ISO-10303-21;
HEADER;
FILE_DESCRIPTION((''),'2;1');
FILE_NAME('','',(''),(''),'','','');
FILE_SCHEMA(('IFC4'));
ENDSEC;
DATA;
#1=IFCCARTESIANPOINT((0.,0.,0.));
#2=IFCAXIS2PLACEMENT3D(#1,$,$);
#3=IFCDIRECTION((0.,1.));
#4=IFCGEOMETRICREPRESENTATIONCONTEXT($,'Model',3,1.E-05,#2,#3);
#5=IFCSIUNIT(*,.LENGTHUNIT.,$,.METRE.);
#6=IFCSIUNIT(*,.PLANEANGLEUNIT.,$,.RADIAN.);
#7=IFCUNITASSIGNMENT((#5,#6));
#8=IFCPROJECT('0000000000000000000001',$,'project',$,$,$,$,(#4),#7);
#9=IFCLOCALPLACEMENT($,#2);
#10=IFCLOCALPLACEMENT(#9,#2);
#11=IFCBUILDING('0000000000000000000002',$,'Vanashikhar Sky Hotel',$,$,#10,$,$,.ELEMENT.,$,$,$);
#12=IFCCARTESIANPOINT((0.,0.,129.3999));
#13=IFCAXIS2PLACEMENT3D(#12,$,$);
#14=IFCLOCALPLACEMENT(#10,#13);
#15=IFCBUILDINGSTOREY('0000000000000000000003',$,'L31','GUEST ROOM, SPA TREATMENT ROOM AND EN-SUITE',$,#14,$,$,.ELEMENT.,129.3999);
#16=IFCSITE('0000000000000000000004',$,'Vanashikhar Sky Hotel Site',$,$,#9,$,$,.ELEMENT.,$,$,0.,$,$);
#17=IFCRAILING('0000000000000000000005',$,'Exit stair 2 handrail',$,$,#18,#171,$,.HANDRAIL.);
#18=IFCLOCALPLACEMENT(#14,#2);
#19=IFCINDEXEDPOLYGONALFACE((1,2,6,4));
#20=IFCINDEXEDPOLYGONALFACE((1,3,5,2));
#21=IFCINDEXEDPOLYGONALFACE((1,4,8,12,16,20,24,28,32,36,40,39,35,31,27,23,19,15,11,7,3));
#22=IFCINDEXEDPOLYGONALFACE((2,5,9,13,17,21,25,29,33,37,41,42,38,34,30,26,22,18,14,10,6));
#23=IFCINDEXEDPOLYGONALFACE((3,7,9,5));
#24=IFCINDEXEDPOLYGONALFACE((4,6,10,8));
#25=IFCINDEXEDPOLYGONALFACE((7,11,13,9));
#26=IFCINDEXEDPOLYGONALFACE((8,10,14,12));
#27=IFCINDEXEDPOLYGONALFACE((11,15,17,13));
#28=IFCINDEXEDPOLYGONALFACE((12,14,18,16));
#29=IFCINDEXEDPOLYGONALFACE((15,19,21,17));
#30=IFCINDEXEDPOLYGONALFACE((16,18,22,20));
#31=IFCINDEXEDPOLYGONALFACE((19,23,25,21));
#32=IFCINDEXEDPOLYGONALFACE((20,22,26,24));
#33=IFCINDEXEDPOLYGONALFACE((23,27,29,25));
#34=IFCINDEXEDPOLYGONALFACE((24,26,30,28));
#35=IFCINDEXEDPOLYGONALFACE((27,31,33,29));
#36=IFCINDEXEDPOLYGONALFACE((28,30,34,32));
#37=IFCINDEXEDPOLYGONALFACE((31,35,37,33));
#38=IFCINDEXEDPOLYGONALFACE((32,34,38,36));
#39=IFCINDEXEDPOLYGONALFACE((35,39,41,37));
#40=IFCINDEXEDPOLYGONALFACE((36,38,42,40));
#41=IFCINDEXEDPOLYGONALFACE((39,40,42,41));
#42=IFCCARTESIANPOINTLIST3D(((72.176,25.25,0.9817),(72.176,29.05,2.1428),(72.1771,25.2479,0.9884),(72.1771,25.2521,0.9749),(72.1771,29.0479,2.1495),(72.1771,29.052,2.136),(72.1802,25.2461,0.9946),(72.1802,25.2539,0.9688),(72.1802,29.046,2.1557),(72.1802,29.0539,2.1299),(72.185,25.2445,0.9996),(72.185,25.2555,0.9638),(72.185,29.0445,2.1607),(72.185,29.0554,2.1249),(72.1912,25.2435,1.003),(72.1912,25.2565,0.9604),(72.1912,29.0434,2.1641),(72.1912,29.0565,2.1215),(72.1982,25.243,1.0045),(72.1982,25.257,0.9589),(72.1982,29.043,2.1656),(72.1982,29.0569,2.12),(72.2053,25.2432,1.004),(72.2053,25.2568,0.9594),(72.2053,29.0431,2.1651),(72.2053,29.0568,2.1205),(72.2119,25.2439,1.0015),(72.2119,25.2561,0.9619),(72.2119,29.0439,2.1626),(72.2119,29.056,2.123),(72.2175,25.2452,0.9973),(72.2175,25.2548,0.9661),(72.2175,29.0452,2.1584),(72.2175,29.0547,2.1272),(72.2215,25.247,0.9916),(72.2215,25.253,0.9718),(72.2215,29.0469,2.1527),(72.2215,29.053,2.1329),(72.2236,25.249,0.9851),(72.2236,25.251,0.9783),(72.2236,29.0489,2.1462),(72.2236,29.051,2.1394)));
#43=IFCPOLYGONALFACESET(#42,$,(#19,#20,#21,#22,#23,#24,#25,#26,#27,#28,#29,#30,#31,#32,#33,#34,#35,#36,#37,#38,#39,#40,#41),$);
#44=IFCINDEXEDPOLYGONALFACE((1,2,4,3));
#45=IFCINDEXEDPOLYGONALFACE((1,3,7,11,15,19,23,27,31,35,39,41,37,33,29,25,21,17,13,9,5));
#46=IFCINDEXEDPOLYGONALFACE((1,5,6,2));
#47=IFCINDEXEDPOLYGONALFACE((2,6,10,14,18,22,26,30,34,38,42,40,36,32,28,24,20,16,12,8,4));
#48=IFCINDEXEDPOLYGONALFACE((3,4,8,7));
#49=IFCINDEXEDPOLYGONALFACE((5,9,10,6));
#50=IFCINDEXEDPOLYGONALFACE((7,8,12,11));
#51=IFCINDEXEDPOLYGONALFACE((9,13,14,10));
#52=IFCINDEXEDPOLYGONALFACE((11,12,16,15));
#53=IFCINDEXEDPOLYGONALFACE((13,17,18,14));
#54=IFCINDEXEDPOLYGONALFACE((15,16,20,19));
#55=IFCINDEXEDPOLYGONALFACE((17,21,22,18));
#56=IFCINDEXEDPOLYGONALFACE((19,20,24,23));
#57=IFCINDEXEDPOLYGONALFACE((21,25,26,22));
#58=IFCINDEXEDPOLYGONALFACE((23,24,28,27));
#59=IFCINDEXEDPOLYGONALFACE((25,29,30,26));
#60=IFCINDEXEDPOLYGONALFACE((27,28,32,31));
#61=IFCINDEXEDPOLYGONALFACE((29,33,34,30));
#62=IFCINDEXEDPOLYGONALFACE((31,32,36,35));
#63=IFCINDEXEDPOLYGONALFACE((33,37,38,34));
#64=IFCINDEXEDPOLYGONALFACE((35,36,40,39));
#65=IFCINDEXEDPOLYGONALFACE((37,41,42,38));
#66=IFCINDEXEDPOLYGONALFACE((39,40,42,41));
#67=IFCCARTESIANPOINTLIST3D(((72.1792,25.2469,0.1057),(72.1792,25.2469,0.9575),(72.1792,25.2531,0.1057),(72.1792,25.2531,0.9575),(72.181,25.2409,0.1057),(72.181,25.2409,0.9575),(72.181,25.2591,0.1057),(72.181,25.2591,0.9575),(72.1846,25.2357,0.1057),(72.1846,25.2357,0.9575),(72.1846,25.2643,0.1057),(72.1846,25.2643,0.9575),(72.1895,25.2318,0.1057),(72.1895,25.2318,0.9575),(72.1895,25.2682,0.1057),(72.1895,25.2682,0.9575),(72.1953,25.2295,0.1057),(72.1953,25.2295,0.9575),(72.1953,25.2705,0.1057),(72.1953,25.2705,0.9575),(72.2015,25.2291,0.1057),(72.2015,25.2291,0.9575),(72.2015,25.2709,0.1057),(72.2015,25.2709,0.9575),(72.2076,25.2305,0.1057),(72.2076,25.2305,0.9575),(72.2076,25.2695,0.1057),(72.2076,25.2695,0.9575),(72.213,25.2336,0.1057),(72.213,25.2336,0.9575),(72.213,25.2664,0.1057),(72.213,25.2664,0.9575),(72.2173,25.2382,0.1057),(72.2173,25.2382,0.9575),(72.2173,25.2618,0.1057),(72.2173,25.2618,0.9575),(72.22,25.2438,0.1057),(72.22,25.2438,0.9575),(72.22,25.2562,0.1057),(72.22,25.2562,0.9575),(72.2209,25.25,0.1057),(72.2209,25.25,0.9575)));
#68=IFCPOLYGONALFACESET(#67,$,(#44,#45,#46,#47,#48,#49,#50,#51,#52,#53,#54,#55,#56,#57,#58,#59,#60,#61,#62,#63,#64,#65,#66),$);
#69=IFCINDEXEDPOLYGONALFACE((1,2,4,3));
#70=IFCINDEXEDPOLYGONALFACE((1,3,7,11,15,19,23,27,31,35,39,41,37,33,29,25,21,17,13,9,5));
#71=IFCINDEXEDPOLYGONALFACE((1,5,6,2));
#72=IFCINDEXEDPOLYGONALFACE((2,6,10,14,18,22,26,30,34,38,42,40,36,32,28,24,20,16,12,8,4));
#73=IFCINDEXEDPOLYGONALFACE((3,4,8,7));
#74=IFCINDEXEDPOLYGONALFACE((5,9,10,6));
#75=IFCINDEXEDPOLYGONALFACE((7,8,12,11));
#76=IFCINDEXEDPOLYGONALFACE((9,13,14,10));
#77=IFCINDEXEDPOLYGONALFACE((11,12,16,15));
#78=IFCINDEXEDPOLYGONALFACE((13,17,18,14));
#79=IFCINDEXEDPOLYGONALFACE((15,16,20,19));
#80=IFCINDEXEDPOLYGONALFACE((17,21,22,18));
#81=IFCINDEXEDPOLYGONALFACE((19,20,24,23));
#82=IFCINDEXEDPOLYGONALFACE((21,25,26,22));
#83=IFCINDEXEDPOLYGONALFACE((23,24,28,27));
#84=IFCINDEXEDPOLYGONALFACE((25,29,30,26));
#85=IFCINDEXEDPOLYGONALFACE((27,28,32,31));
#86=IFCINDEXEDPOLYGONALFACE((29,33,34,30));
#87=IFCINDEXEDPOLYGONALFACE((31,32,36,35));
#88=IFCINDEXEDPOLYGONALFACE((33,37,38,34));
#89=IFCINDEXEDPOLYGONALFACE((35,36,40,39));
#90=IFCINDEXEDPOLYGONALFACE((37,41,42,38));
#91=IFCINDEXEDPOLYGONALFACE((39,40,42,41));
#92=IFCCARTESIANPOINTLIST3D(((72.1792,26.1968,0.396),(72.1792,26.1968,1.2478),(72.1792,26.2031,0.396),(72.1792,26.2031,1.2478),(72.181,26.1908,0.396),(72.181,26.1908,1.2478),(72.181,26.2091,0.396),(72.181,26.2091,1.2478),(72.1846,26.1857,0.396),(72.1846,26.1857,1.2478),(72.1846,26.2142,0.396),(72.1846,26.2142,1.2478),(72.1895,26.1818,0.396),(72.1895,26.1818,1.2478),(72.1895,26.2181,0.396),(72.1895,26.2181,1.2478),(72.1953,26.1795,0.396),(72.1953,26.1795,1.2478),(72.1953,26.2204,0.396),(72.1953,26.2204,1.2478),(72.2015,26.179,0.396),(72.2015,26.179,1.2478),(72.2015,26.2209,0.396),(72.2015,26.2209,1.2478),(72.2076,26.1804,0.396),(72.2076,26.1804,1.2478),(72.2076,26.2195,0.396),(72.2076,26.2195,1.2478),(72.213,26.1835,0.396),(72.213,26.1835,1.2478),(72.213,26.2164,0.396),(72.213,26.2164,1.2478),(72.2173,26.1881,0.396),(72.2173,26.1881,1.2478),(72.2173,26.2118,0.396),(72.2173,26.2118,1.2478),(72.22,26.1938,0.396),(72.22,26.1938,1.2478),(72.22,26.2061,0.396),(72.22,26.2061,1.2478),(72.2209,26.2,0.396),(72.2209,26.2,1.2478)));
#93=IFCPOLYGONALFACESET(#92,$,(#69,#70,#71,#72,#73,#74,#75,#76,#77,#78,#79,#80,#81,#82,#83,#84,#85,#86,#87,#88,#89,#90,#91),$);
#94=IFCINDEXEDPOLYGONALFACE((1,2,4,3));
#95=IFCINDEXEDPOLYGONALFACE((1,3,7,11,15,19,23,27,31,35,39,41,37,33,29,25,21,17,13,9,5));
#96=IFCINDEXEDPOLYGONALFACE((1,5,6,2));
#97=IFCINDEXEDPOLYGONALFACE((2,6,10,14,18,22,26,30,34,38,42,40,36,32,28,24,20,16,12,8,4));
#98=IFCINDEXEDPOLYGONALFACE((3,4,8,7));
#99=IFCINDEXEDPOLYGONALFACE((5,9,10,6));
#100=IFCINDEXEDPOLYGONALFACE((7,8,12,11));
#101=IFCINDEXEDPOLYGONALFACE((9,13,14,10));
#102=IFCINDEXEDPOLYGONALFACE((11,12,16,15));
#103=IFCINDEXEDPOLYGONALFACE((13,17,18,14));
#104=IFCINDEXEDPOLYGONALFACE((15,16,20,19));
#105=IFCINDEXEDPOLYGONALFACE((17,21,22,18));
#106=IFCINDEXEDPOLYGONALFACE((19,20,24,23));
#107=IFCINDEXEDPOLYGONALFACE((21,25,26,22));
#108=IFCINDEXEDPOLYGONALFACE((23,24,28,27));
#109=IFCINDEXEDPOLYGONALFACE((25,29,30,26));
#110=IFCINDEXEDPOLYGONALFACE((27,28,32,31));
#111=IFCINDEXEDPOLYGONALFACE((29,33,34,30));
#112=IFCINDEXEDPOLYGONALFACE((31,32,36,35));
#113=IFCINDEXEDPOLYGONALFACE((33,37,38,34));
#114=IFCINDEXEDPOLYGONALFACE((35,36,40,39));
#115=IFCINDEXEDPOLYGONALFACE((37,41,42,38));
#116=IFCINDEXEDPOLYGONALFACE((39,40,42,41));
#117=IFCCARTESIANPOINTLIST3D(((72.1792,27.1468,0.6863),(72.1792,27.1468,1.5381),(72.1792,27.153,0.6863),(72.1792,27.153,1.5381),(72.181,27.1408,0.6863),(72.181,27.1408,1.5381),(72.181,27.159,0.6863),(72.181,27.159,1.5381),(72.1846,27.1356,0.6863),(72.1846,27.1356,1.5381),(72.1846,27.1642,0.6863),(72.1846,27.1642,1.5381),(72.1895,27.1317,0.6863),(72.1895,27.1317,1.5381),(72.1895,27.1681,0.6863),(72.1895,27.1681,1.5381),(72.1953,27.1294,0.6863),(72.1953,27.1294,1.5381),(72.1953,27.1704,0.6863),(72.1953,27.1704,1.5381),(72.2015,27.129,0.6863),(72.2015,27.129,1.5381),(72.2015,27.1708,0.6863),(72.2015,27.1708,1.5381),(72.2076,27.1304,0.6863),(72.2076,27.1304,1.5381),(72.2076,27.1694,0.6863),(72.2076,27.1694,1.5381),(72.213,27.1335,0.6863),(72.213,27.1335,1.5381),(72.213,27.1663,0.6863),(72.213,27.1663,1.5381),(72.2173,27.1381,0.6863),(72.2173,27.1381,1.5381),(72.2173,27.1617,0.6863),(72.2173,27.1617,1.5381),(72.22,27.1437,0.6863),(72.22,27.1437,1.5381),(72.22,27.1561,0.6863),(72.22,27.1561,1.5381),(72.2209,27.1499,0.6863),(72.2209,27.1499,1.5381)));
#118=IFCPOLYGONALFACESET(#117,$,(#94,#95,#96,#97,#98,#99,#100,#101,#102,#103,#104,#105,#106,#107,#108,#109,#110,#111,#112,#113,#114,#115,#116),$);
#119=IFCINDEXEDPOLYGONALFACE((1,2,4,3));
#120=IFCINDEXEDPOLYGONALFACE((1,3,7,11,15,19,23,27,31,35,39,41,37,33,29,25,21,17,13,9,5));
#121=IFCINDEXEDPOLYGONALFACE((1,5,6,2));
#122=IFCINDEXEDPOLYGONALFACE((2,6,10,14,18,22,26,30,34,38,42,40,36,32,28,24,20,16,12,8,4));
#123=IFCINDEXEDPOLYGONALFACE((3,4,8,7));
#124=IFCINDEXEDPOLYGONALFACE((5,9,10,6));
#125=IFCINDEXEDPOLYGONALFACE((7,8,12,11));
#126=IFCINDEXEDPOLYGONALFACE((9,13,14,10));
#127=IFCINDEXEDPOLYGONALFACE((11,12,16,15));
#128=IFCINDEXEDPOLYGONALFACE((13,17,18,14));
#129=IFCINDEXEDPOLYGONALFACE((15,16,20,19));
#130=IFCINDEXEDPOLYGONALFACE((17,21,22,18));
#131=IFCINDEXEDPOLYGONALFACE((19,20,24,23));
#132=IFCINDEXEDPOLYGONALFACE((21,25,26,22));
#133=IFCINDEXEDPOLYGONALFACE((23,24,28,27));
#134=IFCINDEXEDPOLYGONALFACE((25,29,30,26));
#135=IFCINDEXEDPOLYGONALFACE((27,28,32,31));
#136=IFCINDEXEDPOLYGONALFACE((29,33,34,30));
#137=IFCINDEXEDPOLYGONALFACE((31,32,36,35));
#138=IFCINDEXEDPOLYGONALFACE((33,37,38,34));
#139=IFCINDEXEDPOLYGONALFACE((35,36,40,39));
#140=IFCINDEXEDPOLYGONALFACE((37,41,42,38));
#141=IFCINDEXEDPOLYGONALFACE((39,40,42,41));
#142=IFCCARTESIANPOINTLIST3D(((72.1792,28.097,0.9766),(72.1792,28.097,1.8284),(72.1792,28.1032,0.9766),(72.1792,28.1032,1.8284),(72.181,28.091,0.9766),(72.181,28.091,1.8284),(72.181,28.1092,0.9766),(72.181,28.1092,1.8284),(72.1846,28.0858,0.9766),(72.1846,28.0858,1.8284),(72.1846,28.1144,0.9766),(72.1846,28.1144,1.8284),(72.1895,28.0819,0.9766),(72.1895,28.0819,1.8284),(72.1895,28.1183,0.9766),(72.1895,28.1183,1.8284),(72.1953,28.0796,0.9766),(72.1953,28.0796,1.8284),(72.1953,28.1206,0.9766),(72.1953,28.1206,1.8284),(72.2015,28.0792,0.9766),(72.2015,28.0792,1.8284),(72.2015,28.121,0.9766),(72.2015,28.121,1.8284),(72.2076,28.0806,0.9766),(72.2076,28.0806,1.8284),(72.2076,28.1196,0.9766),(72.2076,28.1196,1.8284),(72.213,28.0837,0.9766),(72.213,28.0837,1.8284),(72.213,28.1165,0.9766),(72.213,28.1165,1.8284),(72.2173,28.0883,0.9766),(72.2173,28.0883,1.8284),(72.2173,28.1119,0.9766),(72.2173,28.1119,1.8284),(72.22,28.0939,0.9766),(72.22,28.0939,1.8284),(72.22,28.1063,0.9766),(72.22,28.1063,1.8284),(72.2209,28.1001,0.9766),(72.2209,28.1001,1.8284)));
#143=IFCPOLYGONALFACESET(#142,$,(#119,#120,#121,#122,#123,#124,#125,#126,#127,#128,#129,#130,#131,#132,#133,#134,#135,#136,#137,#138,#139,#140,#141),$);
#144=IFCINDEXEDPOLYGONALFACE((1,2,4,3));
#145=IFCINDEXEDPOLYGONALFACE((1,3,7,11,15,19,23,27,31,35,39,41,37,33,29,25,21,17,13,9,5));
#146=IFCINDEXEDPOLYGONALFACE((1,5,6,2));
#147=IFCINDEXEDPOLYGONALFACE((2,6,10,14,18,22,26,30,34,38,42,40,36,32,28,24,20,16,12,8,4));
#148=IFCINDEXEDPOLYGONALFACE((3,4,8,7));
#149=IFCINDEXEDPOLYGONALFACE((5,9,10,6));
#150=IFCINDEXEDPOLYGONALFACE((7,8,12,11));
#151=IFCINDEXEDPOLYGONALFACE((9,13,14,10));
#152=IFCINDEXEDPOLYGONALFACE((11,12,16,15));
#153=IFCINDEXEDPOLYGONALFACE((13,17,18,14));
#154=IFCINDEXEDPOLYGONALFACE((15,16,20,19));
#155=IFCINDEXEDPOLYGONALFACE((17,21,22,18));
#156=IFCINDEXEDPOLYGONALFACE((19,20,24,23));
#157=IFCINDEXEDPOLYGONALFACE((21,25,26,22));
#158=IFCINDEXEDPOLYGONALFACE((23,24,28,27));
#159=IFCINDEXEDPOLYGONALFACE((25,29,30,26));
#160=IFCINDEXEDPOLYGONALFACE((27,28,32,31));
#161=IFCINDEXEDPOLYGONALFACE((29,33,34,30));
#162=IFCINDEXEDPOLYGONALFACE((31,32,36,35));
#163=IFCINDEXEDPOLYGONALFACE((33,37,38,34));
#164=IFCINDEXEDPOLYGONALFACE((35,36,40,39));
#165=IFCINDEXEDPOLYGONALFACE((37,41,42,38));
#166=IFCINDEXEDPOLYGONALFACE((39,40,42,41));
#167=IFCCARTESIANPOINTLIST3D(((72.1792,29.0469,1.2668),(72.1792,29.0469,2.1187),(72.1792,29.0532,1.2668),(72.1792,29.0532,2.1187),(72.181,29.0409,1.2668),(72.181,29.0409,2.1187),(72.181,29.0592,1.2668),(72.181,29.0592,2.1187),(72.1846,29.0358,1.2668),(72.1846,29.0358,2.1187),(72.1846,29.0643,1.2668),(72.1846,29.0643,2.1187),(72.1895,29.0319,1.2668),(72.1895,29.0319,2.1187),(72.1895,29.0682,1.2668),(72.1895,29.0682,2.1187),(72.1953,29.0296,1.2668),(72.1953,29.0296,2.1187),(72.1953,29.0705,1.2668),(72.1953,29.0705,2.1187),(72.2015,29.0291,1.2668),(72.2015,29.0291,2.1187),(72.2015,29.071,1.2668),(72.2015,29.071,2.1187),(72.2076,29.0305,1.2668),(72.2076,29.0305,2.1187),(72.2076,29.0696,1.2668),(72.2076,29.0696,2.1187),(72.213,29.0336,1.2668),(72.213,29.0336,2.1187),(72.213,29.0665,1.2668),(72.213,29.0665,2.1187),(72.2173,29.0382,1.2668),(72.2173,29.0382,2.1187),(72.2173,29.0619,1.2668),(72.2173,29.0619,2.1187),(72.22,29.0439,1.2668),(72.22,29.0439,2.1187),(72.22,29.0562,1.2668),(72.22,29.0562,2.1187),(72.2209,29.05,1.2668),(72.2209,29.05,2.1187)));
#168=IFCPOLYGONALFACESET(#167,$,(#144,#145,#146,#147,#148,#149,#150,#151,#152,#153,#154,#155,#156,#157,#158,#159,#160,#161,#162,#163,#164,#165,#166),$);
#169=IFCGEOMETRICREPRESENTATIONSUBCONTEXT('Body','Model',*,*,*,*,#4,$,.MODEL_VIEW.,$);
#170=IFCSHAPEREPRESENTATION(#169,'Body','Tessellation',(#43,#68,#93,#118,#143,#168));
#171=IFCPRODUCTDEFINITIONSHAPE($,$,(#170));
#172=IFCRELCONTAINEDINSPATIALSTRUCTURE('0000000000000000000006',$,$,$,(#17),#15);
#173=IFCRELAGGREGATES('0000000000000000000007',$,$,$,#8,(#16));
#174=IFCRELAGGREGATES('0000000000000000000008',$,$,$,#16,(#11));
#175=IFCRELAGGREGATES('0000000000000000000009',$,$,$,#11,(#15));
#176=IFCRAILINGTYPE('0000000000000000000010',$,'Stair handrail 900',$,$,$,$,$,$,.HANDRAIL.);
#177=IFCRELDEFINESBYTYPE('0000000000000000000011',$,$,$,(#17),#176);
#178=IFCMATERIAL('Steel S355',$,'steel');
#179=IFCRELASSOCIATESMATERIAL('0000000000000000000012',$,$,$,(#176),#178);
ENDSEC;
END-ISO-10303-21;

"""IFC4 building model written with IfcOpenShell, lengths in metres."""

from ifc_helpers import new_model, si_unit, direction, frame, origin, origin_2d, place, context, subcontext, project, spatial, circle, extrude, source, transform, mapped, material, type_object, element, save


model = new_model("IFC4")

# Units and contexts
model_context = context("Model", 3, precision=1e-05, world=origin(), true_north=direction((0.0, 1.0)))
body_context = subcontext(model_context, "Body", "Model", "MODEL_VIEW")
ifc_project = project(units=[si_unit("LENGTHUNIT", "METRE"), si_unit("PLANEANGLEUNIT", "RADIAN")], contexts=[model_context])

# Site, building, storey
site_placement = place(None, origin())
site = spatial("IfcSite", under=ifc_project, at=site_placement, Name="Vanashikhar Sky Hotel Site", CompositionType="ELEMENT", RefElevation=0.0)
building_placement = place(site_placement, origin())
building = spatial("IfcBuilding", under=site, at=building_placement, Name="Vanashikhar Sky Hotel", CompositionType="ELEMENT")
storey_placement = place(building_placement, frame((0.0, 0.0, 129.3999)))
storey = spatial("IfcBuildingStorey", under=building, at=storey_placement, Name="L31", Description="GUEST ROOM, SPA TREATMENT ROOM AND EN-SUITE", CompositionType="ELEMENT", Elevation=129.3999)

# Railing
ifc_material_1 = material(Name="Steel S355", Category="steel")
railing_type_1 = type_object("IfcRailingType", Name="Stair handrail 900", PredefinedType="HANDRAIL", material=ifc_material_1)
shared_shape_1 = source(origin(), body_context, "Body", "SweptSolid", [
    extrude(circle(Radius=0.0239, at=origin_2d()), frame((0.0, 0.0, 0.876), z_axis=(0.0, 0.956351, 0.29222), x_axis=(-1.0, 0.0, 0.0)), (0.0, 0.0, 1.0), 3.9734),
    extrude(circle(Radius=0.021, at=origin_2d()), origin(), (0.0, 0.0, 1.0), 0.8518),
    extrude(circle(Radius=0.021, at=origin_2d()), frame((0.0, 0.95, 0.2903)), (0.0, 0.0, 1.0), 0.8518),
    extrude(circle(Radius=0.021, at=origin_2d()), frame((0.0, 1.8999, 0.5806)), (0.0, 0.0, 1.0), 0.8518),
    extrude(circle(Radius=0.021, at=origin_2d()), frame((0.0, 2.8501, 0.8708)), (0.0, 0.0, 1.0), 0.8518),
    extrude(circle(Radius=0.021, at=origin_2d()), frame((0.0, 3.8, 1.1611)), (0.0, 0.0, 1.0), 0.8518),
])
for number, where, name in (
    (1, (72.2, 25.25, 0.1057), "Exit stair 2 handrail"),
):
    element("IfcRailing", number, at=place(storey_placement, frame(where)), inside=storey, type_object=railing_type_1, Name=name, PredefinedType="HANDRAIL", context=body_context, shape_type="MappedRepresentation", body=[
        mapped(shared_shape_1, transform((0.0, 0.0, 0.0), scale=1.0)),
    ])

save(model, "model.ifc")
